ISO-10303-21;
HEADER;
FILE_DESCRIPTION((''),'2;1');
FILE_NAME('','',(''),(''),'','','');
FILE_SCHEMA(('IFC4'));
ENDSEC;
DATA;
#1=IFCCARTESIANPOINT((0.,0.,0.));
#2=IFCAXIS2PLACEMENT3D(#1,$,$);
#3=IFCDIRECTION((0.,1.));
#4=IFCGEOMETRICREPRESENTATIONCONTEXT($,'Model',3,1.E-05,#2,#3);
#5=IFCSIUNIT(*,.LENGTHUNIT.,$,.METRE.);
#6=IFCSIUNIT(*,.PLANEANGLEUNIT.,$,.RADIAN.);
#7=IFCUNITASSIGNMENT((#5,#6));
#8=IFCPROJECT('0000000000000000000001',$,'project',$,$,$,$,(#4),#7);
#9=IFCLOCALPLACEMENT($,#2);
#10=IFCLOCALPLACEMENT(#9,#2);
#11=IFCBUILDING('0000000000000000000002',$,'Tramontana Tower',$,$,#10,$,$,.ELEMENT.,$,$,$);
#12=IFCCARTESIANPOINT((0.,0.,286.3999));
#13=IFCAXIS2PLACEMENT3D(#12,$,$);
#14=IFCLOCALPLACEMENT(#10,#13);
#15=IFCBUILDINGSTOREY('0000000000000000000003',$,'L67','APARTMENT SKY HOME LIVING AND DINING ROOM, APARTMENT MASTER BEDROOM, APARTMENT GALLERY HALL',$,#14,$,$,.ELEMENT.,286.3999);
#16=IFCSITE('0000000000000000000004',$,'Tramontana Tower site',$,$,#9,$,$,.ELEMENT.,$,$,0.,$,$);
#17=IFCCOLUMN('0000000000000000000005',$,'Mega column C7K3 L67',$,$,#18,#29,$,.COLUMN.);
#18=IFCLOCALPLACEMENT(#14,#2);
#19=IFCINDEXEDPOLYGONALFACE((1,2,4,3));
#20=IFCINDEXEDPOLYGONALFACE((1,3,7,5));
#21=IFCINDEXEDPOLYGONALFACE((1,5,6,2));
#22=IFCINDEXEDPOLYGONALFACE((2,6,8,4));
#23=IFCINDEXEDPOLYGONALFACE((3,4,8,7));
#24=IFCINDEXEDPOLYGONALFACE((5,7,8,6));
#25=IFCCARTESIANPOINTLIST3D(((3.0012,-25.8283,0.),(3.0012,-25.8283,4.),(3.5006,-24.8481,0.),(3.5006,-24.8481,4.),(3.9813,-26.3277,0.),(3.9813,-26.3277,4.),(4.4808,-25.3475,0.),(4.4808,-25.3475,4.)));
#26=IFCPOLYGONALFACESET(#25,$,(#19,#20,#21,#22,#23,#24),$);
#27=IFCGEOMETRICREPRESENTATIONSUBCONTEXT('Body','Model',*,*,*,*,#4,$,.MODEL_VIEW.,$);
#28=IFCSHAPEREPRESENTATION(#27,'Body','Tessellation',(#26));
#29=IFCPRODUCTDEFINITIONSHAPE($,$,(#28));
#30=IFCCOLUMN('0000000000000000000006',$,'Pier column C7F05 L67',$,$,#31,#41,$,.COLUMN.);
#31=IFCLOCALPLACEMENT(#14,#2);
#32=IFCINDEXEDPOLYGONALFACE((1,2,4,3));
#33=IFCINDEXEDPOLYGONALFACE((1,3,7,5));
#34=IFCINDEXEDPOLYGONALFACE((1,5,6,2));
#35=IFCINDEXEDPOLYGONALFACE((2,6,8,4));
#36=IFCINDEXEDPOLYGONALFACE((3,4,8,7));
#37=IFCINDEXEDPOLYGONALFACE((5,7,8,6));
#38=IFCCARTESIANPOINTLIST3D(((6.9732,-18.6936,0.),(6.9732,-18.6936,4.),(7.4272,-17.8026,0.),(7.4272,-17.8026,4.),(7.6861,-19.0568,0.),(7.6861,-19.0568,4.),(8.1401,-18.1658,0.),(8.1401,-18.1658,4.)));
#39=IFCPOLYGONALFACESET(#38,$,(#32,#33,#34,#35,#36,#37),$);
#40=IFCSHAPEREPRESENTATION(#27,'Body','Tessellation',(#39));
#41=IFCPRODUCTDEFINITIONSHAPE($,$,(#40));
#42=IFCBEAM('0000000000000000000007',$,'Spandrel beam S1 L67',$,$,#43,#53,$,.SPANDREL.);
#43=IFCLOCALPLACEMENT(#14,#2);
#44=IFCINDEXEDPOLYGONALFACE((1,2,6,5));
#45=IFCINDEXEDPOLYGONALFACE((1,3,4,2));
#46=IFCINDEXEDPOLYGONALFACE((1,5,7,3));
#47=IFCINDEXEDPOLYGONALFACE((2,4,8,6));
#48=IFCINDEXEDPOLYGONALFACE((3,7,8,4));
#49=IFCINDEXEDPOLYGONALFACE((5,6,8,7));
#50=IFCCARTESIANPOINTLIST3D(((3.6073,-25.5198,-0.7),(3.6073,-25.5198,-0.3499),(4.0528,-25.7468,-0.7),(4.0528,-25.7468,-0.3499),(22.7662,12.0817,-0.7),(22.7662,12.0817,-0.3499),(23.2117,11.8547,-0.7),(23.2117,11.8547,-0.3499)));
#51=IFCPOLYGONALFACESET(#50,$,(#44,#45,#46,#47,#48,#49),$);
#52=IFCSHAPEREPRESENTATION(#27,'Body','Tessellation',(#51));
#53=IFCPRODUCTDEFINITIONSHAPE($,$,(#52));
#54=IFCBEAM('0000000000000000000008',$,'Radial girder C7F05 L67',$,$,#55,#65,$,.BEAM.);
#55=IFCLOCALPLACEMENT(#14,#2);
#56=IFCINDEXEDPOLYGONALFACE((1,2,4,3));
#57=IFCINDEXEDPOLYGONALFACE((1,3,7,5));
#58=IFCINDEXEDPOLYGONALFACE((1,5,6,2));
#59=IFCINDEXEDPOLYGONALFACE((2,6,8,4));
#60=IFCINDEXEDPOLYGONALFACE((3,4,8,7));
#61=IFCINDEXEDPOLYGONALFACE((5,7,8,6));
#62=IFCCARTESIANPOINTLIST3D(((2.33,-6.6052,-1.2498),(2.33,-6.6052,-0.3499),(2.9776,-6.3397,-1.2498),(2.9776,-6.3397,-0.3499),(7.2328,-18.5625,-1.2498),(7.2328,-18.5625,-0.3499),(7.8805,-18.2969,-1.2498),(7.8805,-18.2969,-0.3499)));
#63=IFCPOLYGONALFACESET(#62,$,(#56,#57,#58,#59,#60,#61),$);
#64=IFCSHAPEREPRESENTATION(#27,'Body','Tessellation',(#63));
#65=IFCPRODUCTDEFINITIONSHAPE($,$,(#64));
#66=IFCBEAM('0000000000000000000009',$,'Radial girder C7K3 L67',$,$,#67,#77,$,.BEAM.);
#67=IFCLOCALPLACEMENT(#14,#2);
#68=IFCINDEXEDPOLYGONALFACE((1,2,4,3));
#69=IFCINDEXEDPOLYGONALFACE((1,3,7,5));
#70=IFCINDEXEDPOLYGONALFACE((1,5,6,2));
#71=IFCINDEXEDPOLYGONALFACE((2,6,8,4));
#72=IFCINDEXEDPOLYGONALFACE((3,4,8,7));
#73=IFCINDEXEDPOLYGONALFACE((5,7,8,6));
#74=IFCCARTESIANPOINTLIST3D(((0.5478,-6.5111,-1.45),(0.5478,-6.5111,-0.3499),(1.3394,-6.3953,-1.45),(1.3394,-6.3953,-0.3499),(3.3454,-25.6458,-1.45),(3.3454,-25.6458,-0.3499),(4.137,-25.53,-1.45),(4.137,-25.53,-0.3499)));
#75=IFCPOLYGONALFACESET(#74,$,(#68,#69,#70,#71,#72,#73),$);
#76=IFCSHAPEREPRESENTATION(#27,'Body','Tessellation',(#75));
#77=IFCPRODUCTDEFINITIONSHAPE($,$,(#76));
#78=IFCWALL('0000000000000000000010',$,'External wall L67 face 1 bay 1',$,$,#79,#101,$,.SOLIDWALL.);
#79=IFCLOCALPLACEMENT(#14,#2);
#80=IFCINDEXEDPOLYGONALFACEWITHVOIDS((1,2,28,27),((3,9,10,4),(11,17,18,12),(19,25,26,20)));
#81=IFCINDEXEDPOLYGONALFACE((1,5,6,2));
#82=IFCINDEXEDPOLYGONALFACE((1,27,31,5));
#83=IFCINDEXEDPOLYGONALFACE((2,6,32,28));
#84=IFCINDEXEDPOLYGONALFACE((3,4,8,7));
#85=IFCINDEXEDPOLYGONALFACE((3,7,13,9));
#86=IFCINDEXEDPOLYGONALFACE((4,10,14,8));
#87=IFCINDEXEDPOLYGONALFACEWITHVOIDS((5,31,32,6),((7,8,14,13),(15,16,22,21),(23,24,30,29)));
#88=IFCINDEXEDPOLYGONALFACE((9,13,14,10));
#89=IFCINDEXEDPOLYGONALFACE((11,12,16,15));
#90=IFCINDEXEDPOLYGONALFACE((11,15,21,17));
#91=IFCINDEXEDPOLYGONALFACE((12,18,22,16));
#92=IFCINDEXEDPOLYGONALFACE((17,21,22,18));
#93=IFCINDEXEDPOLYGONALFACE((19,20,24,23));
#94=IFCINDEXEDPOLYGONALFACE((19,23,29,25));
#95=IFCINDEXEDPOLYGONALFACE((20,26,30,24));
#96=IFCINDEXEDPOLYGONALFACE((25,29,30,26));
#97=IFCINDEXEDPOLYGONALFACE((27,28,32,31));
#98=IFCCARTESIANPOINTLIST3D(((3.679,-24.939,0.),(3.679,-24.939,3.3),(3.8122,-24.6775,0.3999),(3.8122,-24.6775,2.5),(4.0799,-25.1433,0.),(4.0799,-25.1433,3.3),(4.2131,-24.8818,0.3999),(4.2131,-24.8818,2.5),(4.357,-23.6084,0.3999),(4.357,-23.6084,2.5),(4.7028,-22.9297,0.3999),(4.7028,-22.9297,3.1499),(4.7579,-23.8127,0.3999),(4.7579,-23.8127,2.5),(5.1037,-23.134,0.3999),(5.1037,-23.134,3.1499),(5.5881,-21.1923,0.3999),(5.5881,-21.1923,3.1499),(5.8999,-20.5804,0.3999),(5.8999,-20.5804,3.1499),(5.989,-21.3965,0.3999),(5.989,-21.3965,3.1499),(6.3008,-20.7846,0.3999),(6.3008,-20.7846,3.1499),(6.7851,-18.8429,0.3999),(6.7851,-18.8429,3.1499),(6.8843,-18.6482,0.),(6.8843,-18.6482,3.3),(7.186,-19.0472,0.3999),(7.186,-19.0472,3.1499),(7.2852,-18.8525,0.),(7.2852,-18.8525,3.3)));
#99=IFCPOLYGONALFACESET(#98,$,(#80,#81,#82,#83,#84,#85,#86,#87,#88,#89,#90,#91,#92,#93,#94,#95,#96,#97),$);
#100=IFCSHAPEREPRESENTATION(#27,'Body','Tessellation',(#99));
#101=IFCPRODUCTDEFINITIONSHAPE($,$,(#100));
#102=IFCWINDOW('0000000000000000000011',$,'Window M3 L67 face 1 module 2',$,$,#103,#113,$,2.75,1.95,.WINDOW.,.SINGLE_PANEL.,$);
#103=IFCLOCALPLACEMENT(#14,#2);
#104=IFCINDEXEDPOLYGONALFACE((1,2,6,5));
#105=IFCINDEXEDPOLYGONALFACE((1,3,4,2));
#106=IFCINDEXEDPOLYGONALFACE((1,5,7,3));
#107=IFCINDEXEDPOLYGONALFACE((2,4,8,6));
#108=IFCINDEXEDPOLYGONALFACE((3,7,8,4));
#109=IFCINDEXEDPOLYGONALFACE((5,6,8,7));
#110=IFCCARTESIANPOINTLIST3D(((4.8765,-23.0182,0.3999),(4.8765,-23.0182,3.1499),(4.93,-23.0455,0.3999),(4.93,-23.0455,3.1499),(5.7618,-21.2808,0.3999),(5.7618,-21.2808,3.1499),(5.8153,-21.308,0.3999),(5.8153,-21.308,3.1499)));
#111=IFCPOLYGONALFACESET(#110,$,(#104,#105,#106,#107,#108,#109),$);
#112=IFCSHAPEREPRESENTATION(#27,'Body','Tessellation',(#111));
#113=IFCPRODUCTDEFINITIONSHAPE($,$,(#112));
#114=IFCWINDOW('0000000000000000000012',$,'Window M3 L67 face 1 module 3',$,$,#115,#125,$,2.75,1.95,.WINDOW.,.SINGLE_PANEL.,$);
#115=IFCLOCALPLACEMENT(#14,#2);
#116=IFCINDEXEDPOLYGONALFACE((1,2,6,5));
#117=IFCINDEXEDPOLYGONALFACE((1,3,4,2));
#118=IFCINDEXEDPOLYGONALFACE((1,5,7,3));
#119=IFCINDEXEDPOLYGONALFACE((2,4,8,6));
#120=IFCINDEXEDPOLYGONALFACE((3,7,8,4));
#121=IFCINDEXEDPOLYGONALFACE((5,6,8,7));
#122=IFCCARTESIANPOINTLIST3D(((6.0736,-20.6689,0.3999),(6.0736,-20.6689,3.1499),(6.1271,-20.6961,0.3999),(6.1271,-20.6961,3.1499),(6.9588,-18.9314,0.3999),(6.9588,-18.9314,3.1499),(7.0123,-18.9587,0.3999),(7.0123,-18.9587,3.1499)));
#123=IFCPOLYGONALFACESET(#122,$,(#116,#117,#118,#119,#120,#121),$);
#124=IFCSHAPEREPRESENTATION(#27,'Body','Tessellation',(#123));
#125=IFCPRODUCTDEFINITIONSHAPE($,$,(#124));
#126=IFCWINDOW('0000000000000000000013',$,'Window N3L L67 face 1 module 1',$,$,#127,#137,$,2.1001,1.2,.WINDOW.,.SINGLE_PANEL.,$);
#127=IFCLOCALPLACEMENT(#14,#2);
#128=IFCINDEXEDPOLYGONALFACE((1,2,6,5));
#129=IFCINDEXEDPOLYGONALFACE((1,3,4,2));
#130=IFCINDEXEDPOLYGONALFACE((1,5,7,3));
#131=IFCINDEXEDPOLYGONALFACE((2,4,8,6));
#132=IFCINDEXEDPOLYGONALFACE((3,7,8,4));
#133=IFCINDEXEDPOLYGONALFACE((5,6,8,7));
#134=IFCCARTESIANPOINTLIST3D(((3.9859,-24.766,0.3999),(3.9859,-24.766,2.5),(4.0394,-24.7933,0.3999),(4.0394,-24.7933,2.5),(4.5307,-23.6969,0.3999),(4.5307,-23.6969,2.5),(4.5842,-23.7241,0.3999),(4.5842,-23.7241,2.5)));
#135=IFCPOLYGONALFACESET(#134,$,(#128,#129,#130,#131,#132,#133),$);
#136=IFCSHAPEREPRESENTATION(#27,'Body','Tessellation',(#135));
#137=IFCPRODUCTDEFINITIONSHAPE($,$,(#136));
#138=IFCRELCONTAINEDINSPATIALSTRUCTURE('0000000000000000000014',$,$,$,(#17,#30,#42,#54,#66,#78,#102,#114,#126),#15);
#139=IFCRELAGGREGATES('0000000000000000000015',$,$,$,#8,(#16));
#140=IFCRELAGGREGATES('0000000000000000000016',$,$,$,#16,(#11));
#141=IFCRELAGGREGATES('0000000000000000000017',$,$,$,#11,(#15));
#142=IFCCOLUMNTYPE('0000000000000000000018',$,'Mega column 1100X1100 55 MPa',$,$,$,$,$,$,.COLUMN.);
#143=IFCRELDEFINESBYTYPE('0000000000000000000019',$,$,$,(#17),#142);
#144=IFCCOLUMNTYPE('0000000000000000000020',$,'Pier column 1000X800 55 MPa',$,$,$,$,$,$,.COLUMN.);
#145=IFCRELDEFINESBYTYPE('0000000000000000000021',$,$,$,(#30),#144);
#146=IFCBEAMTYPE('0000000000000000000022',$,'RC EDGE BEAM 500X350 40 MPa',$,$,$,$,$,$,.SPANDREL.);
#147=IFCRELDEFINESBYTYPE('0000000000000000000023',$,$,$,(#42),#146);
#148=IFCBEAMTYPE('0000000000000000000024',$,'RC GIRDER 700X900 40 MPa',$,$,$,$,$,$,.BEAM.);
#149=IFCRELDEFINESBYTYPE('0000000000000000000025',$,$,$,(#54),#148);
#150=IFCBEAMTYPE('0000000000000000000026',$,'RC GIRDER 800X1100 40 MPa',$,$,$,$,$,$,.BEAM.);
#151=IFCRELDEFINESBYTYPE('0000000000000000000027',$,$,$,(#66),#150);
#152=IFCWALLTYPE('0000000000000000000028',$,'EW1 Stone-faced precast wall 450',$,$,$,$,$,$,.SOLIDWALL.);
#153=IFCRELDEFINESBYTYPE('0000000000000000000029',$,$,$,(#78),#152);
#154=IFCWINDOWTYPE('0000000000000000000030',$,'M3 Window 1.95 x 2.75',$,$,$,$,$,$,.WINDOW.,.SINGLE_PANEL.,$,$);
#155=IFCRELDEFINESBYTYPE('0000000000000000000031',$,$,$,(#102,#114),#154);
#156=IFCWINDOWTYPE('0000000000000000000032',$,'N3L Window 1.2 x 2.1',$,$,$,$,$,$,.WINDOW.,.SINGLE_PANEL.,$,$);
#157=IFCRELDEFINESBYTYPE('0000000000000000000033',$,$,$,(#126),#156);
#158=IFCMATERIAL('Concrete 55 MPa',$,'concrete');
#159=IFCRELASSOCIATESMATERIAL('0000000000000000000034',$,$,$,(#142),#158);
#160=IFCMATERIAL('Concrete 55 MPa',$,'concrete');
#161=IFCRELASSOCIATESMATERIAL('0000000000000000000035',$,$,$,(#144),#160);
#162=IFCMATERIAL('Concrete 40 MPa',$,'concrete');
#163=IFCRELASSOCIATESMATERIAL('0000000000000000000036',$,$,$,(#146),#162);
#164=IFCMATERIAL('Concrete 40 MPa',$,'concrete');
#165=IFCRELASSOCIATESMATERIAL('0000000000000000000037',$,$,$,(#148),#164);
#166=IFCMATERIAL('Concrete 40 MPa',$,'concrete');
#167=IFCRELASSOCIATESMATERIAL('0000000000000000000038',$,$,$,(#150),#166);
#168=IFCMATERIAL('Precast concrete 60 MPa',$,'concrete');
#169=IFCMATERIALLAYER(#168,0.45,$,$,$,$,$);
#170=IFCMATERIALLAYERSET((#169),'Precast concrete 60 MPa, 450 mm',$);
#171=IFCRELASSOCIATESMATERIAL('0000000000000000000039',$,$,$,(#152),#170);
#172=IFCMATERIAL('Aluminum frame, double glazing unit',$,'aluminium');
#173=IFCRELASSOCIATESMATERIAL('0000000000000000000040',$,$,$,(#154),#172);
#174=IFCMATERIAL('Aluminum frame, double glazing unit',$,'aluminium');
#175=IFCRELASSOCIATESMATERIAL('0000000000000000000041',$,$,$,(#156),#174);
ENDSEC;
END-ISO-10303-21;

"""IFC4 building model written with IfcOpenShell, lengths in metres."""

from ifc_helpers import new_model, si_unit, direction, frame, frame_2d, origin, origin_2d, place, context, subcontext, project, spatial, rectangle, extrude, material, layer, layer_set, material_profile, profile_set, type_object, element, fill, save


model = new_model("IFC4")

# Units and contexts
model_context = context("Model", 3, precision=1e-05, world=origin(), true_north=direction((0.0, 1.0)))
body_context = subcontext(model_context, "Body", "Model", "MODEL_VIEW")
ifc_project = project(units=[si_unit("LENGTHUNIT", "METRE"), si_unit("PLANEANGLEUNIT", "RADIAN")], contexts=[model_context])

# Site, building, storey
site_placement = place(None, origin())
site = spatial("IfcSite", under=ifc_project, at=site_placement, Name="Tramontana Tower site", CompositionType="ELEMENT", RefElevation=0.0)
building_placement = place(site_placement, origin())
building = spatial("IfcBuilding", under=site, at=building_placement, Name="Tramontana Tower", CompositionType="ELEMENT")
storey_placement = place(building_placement, frame((0.0, 0.0, 286.3999)))
storey = spatial("IfcBuildingStorey", under=building, at=storey_placement, Name="L67", Description="APARTMENT SKY HOME LIVING AND DINING ROOM, APARTMENT MASTER BEDROOM, APARTMENT GALLERY HALL", CompositionType="ELEMENT", Elevation=286.3999)

# Columns
ifc_material_1 = material(Name="Concrete 55 MPa", Category="concrete")
ifc_material_profile_1 = material_profile(ifc_material_1, rectangle(XDim=1.1001, YDim=1.1001, at=origin_2d()), Name="Mega column 1100X1100 55 MPa")
ifc_profile_set_1 = profile_set([ifc_material_profile_1], Name="Concrete 55 MPa")
column_type_1 = type_object("IfcColumnType", Name="Mega column 1100X1100 55 MPa", PredefinedType="COLUMN", material=ifc_profile_set_1)
column_1_placement = place(storey_placement, frame((3.741, -25.5879, 0.0), z_axis=(0.0, 0.0, 1.0), x_axis=(0.45399, 0.891007, 0.0)))
element("IfcColumn", 1, at=column_1_placement, inside=storey, type_object=column_type_1, Name="Mega column C7K3 L67", PredefinedType="COLUMN", context=body_context, shape_type="SweptSolid", body=[
    extrude(rectangle(XDim=1.1001, YDim=1.1001, at=origin_2d()), origin(), (0.0, 0.0, 1.0), 4.0),
])
ifc_material_2 = material(Name="Concrete 55 MPa", Category="concrete")
ifc_material_profile_2 = material_profile(ifc_material_2, rectangle(XDim=1.0, YDim=0.8, at=origin_2d()), Name="Pier column 1000X800 55 MPa")
ifc_profile_set_2 = profile_set([ifc_material_profile_2], Name="Concrete 55 MPa")
column_type_2 = type_object("IfcColumnType", Name="Pier column 1000X800 55 MPa", PredefinedType="COLUMN", material=ifc_profile_set_2)
column_2_placement = place(storey_placement, frame((7.5566, -18.4297, 0.0), z_axis=(0.0, 0.0, 1.0), x_axis=(0.45399, 0.891007, 0.0)))
element("IfcColumn", 2, at=column_2_placement, inside=storey, type_object=column_type_2, Name="Pier column C7F05 L67", PredefinedType="COLUMN", context=body_context, shape_type="SweptSolid", body=[
    extrude(rectangle(XDim=1.0, YDim=0.8, at=origin_2d()), origin(), (0.0, 0.0, 1.0), 4.0),
])

# Beams
ifc_material_3 = material(Name="Concrete 40 MPa", Category="concrete")
ifc_material_profile_3 = material_profile(ifc_material_3, rectangle(XDim=0.5, YDim=0.3501, at=origin_2d()), Name="RC EDGE BEAM 500X350 40 MPa")
ifc_profile_set_3 = profile_set([ifc_material_profile_3], Name="Concrete 40 MPa")
beam_type_1 = type_object("IfcBeamType", Name="RC EDGE BEAM 500X350 40 MPa", PredefinedType="SPANDREL", material=ifc_profile_set_3)
beam_1_placement = place(storey_placement, frame((3.8301, -25.6333, -0.5249), z_axis=(0.45399, 0.891007, 0.0), x_axis=(-0.891007, 0.45399, 0.0)))
element("IfcBeam", 3, at=beam_1_placement, inside=storey, type_object=beam_type_1, Name="Spandrel beam S1 L67", PredefinedType="SPANDREL", context=body_context, shape_type="SweptSolid", body=[
    extrude(rectangle(XDim=0.5, YDim=0.3501, at=origin_2d()), origin(), (0.0, 0.0, 1.0), 42.2012),
])
ifc_material_4 = material(Name="Concrete 40 MPa", Category="concrete")
ifc_material_profile_4 = material_profile(ifc_material_4, rectangle(XDim=0.7, YDim=0.8999, at=origin_2d()), Name="RC GIRDER 700X900 40 MPa")
ifc_profile_set_4 = profile_set([ifc_material_profile_4], Name="Concrete 40 MPa")
beam_type_2 = type_object("IfcBeamType", Name="RC GIRDER 700X900 40 MPa", PredefinedType="BEAM", material=ifc_profile_set_4)
beam_2_placement = place(storey_placement, frame((7.5566, -18.4297, -0.7998), z_axis=(-0.379376, 0.925242, 0.0), x_axis=(-0.925242, -0.379376, 0.0)))
element("IfcBeam", 4, at=beam_2_placement, inside=storey, type_object=beam_type_2, Name="Radial girder C7F05 L67", PredefinedType="BEAM", context=body_context, shape_type="SweptSolid", body=[
    extrude(rectangle(XDim=0.7, YDim=0.8999, at=origin_2d()), origin(), (0.0, 0.0, 1.0), 12.9233),
])
ifc_material_5 = material(Name="Concrete 40 MPa", Category="concrete")
ifc_material_profile_5 = material_profile(ifc_material_5, rectangle(XDim=0.8, YDim=1.1001, at=origin_2d()), Name="RC GIRDER 800X1100 40 MPa")
ifc_profile_set_5 = profile_set([ifc_material_profile_5], Name="Concrete 40 MPa")
beam_type_3 = type_object("IfcBeamType", Name="RC GIRDER 800X1100 40 MPa", PredefinedType="BEAM", material=ifc_profile_set_5)
beam_3_placement = place(storey_placement, frame((3.7412, -25.5879, -0.8999), z_axis=(-0.144667, 0.98948, 0.0), x_axis=(-0.98948, -0.144667, 0.0)))
element("IfcBeam", 5, at=beam_3_placement, inside=storey, type_object=beam_type_3, Name="Radial girder C7K3 L67", PredefinedType="BEAM", context=body_context, shape_type="SweptSolid", body=[
    extrude(rectangle(XDim=0.8, YDim=1.1001, at=origin_2d()), origin(), (0.0, 0.0, 1.0), 19.3381),
])

# Wall, openings, windows
ifc_material_6 = material(Name="Precast concrete 60 MPa", Category="concrete")
ifc_layer_1 = layer(ifc_material_6, 0.45)
ifc_layer_set_1 = layer_set([ifc_layer_1], Name="Precast concrete 60 MPa, 450 mm")
wall_type_1 = type_object("IfcWallType", Name="EW1 Stone-faced precast wall 450", PredefinedType="SOLIDWALL", material=ifc_layer_set_1)
wall_1_placement = place(storey_placement, frame((3.8794, -25.0413, 0.0), z_axis=(0.0, 0.0, 1.0), x_axis=(0.453992, 0.891006, 0.0)))
wall_1 = element("IfcWall", 6, at=wall_1_placement, inside=storey, type_object=wall_type_1, Name="External wall L67 face 1 bay 1", PredefinedType="SOLIDWALL", context=body_context, shape_type="SweptSolid", body=[
    extrude(rectangle(XDim=7.0603, YDim=0.45, at=frame_2d((3.5303, 0.0))), origin(), (0.0, 0.0, 1.0), 3.3),
])
opening_1_placement = place(wall_1_placement, frame((0.2935, 0.0, 0.3999)))
opening_1 = element("IfcOpeningElement", 7, at=opening_1_placement, cuts=wall_1, PredefinedType="OPENING", context=body_context, shape_type="SweptSolid", body=[
    extrude(rectangle(XDim=1.2, YDim=2.1001, at=frame_2d((0.6001, 1.05))), frame((0.0, 0.2349, 0.0), z_axis=(0.0, -1.0, 0.0), x_axis=(1.0, 0.0, 0.0)), (0.0, 0.0, 1.0), 0.47),
])
opening_2_placement = place(wall_1_placement, frame((2.2551, 0.0, 0.3999)))
opening_2 = element("IfcOpeningElement", 8, at=opening_2_placement, cuts=wall_1, PredefinedType="OPENING", context=body_context, shape_type="SweptSolid", body=[
    extrude(rectangle(XDim=1.95, YDim=2.75, at=frame_2d((0.9751, 1.375))), frame((0.0, 0.2349, 0.0), z_axis=(0.0, -1.0, 0.0), x_axis=(1.0, 0.0, 0.0)), (0.0, 0.0, 1.0), 0.47),
])
opening_3_placement = place(wall_1_placement, frame((4.8918, 0.0, 0.3999)))
opening_3 = element("IfcOpeningElement", 9, at=opening_3_placement, cuts=wall_1, PredefinedType="OPENING", context=body_context, shape_type="SweptSolid", body=[
    extrude(rectangle(XDim=1.95, YDim=2.75, at=frame_2d((0.9751, 1.375))), frame((0.0, 0.2349, 0.0), z_axis=(0.0, -1.0, 0.0), x_axis=(1.0, 0.0, 0.0)), (0.0, 0.0, 1.0), 0.47),
])
ifc_material_7 = material(Name="Aluminum frame, double glazing unit", Category="aluminium")
window_type_1 = type_object("IfcWindowType", Name="M3 Window 1.95 x 2.75", PartitioningType="SINGLE_PANEL", PredefinedType="WINDOW", material=ifc_material_7)
window_1_placement = place(opening_2_placement, origin())
window_1 = element("IfcWindow", 10, at=window_1_placement, inside=storey, type_object=window_type_1, Name="Window M3 L67 face 1 module 2", OverallHeight=2.75, OverallWidth=1.95, PartitioningType="SINGLE_PANEL", PredefinedType="WINDOW", context=body_context, shape_type="SweptSolid", body=[
    extrude(rectangle(XDim=1.95, YDim=2.75, at=frame_2d((0.9751, 1.375))), frame((0.0, 0.03, 0.0), z_axis=(0.0, -1.0, 0.0), x_axis=(1.0, 0.0, 0.0)), (0.0, 0.0, 1.0), 0.0601),
])
fill(opening_2, window_1)
window_2_placement = place(opening_3_placement, origin())
window_2 = element("IfcWindow", 11, at=window_2_placement, inside=storey, type_object=window_type_1, Name="Window M3 L67 face 1 module 3", OverallHeight=2.75, OverallWidth=1.95, PartitioningType="SINGLE_PANEL", PredefinedType="WINDOW", context=body_context, shape_type="SweptSolid", body=[
    extrude(rectangle(XDim=1.95, YDim=2.75, at=frame_2d((0.9751, 1.375))), frame((0.0, 0.03, 0.0), z_axis=(0.0, -1.0, 0.0), x_axis=(1.0, 0.0, 0.0)), (0.0, 0.0, 1.0), 0.0601),
])
fill(opening_3, window_2)
ifc_material_8 = material(Name="Aluminum frame, double glazing unit", Category="aluminium")
window_type_2 = type_object("IfcWindowType", Name="N3L Window 1.2 x 2.1", PartitioningType="SINGLE_PANEL", PredefinedType="WINDOW", material=ifc_material_8)
window_3_placement = place(opening_1_placement, origin())
window_3 = element("IfcWindow", 12, at=window_3_placement, inside=storey, type_object=window_type_2, Name="Window N3L L67 face 1 module 1", OverallHeight=2.1001, OverallWidth=1.2, PartitioningType="SINGLE_PANEL", PredefinedType="WINDOW", context=body_context, shape_type="SweptSolid", body=[
    extrude(rectangle(XDim=1.2, YDim=2.1001, at=frame_2d((0.6001, 1.05))), frame((0.0, 0.03, 0.0), z_axis=(0.0, -1.0, 0.0), x_axis=(1.0, 0.0, 0.0)), (0.0, 0.0, 1.0), 0.0601),
])
fill(opening_1, window_3)

save(model, "model.ifc")
